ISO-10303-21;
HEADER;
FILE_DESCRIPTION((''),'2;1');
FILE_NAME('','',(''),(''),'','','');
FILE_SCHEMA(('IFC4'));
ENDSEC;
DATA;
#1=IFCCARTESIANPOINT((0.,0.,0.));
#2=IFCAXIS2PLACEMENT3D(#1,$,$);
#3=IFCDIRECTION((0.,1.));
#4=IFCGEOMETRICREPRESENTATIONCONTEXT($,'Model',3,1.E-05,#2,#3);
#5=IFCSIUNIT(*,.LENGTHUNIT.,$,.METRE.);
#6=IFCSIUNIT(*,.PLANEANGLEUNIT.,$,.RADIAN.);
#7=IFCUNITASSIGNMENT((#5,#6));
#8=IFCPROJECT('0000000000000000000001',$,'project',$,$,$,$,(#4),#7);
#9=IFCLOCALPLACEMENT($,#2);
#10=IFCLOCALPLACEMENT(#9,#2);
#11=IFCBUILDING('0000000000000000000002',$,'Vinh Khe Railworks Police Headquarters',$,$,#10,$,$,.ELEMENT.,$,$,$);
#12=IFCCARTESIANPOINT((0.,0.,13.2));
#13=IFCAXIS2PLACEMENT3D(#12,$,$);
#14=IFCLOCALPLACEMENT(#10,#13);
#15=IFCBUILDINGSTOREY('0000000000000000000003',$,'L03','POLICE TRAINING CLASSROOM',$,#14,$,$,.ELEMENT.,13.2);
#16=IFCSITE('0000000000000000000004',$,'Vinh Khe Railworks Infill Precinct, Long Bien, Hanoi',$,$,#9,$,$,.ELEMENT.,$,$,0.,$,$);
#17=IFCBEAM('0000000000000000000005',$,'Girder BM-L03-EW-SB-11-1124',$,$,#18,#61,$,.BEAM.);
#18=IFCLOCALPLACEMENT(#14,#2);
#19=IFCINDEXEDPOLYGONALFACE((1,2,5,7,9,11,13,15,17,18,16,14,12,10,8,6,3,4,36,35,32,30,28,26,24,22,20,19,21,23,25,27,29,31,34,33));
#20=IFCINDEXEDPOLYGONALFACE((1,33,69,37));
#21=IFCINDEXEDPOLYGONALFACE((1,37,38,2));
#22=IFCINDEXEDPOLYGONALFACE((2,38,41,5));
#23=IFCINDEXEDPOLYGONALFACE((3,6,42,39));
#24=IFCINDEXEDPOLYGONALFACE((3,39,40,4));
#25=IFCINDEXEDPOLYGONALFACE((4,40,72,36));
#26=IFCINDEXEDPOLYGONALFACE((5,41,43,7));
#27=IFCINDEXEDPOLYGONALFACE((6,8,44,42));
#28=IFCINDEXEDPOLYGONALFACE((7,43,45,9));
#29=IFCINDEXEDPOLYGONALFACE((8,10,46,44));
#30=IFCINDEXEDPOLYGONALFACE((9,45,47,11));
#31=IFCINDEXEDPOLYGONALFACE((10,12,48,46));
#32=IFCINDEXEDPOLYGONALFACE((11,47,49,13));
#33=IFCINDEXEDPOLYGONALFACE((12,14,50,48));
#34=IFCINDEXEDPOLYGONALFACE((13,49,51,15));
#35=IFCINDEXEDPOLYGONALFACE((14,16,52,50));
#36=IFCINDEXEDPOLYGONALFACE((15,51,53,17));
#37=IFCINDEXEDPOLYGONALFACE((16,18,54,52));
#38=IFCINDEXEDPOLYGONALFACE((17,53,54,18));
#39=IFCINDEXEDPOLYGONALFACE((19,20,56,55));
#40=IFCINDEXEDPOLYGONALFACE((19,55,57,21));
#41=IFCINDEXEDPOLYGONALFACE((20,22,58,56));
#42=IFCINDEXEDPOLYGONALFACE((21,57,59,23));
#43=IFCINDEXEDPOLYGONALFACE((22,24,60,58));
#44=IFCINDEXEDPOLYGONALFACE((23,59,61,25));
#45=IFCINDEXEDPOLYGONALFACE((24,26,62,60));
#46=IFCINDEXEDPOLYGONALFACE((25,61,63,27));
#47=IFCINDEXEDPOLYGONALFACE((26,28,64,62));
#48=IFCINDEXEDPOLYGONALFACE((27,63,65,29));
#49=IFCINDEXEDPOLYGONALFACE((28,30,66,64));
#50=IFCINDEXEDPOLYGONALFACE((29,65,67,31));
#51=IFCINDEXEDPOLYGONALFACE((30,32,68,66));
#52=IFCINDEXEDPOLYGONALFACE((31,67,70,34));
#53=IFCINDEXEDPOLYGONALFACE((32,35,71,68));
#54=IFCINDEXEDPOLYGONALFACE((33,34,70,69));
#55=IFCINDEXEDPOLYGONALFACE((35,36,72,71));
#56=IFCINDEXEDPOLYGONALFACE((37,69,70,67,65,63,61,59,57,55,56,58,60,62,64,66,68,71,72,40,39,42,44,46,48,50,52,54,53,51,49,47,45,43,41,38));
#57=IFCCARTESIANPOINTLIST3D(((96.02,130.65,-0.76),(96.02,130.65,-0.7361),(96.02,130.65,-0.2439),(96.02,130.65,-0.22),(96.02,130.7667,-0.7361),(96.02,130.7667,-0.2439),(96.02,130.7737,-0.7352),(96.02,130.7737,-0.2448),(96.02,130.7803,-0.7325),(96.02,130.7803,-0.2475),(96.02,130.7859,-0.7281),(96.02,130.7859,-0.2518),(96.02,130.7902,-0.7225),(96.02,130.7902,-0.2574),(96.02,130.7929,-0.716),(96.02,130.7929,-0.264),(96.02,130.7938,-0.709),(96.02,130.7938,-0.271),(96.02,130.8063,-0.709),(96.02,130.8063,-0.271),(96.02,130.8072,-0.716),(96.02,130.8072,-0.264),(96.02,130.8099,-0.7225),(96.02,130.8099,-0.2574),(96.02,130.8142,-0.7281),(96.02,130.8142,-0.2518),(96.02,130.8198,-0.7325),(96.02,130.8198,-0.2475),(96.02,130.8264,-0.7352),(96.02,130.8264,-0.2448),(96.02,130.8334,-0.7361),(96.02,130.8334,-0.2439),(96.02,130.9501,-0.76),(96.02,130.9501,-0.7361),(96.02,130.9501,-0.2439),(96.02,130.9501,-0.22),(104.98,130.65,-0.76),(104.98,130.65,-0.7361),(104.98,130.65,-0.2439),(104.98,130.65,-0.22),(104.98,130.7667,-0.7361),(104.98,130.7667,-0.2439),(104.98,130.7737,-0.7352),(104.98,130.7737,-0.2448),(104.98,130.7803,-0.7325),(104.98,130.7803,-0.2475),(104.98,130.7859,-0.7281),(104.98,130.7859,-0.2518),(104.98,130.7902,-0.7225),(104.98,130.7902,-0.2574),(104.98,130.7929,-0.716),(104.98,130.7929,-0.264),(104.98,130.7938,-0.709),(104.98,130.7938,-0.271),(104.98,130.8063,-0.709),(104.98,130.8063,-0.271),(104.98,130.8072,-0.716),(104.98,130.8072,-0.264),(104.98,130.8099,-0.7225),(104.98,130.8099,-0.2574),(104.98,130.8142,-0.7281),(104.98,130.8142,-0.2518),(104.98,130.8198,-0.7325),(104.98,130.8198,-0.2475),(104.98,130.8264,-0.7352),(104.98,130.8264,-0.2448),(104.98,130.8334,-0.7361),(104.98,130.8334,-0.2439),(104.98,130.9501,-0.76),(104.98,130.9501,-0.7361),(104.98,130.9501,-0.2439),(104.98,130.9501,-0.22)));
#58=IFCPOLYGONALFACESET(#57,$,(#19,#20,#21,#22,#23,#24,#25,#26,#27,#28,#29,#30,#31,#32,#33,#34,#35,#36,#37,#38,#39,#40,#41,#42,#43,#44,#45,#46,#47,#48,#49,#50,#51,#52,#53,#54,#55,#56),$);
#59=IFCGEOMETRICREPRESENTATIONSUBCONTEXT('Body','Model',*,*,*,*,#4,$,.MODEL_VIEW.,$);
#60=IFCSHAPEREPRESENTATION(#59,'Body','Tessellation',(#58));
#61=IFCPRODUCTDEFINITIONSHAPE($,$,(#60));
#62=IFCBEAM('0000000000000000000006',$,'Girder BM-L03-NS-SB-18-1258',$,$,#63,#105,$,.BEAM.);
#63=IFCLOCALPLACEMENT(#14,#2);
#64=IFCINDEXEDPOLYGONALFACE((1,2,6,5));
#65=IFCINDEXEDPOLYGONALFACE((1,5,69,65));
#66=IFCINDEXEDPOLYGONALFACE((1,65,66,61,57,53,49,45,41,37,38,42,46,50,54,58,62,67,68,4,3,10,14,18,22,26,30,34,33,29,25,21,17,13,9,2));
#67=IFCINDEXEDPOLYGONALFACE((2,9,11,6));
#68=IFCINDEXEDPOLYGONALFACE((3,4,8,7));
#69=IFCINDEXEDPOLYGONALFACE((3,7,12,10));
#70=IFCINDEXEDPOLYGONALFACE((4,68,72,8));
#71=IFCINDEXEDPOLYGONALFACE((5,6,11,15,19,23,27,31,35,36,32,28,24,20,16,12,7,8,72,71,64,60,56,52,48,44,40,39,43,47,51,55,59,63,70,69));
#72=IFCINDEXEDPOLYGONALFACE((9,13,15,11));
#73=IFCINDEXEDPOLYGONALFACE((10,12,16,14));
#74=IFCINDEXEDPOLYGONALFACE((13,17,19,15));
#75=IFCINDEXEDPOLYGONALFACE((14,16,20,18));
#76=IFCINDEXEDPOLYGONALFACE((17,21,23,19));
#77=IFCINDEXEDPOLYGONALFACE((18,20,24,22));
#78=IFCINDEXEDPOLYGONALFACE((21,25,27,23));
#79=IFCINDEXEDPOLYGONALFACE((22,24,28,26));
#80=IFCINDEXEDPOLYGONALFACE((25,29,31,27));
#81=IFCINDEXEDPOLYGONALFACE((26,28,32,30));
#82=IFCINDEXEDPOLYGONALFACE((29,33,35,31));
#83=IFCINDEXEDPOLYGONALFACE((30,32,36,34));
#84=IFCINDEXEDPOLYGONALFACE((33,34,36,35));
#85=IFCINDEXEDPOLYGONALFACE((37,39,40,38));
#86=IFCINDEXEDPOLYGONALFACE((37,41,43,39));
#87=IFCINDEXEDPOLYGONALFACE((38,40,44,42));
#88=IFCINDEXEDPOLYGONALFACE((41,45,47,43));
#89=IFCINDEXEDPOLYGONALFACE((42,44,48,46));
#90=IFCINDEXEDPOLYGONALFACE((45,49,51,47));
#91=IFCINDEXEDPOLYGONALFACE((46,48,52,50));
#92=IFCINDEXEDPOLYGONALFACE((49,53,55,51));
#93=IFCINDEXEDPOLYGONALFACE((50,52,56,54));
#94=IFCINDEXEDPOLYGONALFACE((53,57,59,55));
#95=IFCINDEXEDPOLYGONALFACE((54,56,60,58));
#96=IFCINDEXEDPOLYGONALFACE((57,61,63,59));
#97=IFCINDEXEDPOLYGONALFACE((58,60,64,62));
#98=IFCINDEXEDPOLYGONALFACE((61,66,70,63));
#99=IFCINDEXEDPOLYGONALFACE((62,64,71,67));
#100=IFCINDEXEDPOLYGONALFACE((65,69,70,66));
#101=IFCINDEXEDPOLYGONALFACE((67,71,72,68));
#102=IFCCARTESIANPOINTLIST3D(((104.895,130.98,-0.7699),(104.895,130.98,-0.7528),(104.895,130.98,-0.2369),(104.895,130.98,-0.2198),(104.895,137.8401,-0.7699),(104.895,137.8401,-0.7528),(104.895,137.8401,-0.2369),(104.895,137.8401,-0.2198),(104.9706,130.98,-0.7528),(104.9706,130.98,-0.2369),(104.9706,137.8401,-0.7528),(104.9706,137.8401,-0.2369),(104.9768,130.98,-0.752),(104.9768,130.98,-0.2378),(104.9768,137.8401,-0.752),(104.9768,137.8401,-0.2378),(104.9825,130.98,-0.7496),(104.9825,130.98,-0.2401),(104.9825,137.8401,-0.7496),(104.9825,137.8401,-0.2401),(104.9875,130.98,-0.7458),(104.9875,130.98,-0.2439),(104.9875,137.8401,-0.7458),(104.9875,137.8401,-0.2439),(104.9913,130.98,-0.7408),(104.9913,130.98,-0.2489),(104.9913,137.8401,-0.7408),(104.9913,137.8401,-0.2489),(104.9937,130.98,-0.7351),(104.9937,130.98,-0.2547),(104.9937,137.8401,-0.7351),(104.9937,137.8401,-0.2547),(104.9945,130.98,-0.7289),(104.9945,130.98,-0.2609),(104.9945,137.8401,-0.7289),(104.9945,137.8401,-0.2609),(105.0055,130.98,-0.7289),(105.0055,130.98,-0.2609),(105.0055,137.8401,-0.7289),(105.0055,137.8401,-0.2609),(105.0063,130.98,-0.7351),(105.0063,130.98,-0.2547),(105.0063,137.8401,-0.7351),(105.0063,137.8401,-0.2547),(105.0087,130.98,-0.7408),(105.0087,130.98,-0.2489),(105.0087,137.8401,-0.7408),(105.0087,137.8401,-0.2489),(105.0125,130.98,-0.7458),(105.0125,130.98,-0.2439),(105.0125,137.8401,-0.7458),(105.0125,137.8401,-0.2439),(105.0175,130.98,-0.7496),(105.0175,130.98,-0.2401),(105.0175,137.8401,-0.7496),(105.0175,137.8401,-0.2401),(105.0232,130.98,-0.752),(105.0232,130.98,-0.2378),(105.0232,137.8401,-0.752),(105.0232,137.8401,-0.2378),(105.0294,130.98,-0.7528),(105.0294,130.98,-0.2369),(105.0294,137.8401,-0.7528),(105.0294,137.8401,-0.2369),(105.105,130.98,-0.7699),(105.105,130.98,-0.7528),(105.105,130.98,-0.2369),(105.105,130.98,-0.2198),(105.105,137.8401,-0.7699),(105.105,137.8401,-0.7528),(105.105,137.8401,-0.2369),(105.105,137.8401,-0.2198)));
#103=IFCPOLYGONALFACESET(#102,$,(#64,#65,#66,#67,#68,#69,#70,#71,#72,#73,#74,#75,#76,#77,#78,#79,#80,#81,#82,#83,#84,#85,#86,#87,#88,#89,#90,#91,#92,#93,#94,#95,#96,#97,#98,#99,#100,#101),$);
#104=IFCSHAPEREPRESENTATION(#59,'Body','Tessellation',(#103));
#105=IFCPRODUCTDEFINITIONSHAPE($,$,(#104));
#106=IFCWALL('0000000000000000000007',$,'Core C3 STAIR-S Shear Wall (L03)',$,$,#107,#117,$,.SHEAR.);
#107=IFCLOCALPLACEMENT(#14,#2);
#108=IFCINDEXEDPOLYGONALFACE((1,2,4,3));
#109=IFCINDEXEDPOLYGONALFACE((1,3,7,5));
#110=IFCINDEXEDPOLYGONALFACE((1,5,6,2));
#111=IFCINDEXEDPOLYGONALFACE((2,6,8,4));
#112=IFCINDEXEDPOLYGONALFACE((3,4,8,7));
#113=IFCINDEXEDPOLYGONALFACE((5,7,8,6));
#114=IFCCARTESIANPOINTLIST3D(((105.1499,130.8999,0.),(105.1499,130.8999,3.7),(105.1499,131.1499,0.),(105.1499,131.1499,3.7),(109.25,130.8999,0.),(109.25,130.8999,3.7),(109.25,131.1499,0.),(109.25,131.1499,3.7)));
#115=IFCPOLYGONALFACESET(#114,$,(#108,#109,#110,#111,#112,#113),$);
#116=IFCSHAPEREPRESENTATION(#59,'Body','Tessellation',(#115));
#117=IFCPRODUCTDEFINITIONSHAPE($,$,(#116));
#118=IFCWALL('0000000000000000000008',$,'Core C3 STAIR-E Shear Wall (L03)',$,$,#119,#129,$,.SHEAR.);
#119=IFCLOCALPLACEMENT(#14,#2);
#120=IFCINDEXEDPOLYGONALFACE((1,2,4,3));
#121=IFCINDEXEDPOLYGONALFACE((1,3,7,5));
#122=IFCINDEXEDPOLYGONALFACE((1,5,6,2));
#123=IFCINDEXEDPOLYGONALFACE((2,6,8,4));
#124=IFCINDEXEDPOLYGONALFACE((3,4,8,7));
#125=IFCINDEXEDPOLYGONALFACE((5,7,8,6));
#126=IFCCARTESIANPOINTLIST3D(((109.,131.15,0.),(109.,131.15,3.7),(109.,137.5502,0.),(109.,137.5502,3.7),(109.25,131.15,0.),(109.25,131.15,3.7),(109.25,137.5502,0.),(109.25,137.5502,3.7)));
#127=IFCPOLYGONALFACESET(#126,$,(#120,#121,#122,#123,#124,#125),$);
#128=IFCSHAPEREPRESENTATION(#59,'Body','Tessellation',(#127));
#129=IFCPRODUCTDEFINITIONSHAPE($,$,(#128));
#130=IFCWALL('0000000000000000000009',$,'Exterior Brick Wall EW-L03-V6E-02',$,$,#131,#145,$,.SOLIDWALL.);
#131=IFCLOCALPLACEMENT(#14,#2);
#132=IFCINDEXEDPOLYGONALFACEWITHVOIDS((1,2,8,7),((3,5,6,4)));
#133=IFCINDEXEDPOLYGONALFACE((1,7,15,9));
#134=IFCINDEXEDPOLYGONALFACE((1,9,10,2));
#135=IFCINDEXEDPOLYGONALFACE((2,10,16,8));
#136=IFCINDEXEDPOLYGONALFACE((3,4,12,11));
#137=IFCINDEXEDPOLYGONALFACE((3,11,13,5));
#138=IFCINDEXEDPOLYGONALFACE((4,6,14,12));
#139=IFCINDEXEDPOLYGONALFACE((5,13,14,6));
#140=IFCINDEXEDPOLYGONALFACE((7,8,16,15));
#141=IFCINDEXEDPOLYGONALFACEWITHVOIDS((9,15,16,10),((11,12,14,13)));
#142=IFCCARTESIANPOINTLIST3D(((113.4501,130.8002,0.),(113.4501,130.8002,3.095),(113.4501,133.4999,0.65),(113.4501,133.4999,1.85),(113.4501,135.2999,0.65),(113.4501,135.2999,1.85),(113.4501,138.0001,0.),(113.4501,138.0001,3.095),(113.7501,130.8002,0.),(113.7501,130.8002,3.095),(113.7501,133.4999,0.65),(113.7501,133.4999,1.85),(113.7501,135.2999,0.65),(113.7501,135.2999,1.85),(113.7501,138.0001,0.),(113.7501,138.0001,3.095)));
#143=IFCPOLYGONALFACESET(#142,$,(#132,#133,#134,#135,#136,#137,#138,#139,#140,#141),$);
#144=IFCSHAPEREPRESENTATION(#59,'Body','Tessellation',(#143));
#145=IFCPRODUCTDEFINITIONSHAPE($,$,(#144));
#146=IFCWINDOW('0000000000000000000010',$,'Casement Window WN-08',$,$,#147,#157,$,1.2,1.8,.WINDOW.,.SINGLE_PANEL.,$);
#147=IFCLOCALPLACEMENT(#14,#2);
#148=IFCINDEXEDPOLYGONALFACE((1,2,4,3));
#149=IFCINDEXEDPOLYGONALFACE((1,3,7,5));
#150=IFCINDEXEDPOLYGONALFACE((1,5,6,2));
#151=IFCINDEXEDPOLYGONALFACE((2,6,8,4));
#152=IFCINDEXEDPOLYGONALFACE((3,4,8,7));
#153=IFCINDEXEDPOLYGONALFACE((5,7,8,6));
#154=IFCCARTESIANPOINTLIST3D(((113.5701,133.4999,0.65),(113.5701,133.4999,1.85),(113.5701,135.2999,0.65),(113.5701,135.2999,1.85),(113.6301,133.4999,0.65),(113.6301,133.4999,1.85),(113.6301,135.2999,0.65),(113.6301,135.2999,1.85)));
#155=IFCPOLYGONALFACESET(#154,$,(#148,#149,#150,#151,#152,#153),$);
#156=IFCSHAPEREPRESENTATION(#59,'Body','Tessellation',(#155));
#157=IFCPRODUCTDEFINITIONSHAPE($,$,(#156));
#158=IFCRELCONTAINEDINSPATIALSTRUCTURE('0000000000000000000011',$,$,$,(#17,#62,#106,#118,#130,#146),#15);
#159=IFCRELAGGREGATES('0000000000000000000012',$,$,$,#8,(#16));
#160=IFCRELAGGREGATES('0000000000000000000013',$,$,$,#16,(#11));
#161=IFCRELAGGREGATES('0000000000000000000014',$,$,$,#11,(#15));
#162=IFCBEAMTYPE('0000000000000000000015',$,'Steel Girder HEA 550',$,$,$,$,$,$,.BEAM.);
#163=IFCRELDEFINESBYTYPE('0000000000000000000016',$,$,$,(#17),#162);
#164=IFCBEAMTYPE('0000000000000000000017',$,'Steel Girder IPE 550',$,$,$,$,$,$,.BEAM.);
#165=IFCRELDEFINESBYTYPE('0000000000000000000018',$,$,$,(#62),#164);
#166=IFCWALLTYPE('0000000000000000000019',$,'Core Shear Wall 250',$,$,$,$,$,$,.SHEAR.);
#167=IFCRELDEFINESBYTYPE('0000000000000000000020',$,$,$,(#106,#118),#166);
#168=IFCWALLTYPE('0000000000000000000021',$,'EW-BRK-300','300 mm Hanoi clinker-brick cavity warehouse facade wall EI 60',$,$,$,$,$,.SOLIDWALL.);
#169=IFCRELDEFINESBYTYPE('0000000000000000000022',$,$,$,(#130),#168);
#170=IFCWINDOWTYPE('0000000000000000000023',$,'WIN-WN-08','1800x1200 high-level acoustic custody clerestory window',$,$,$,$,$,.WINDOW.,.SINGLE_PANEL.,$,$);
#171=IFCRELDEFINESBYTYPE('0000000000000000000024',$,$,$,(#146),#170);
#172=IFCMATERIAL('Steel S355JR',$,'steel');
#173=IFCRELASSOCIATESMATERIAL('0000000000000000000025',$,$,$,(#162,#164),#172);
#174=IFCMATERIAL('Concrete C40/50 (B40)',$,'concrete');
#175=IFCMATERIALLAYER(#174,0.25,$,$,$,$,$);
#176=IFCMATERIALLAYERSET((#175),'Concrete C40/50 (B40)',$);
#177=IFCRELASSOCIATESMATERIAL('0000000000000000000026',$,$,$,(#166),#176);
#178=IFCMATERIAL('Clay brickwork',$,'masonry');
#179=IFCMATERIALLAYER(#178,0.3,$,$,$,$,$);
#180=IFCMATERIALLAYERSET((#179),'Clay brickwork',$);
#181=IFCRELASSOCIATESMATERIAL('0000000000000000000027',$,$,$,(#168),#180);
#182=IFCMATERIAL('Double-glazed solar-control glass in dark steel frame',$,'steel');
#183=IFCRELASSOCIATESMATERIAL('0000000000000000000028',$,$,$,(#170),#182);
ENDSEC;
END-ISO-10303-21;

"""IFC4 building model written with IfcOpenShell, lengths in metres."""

from ifc_helpers import new_model, si_unit, direction, frame, frame_2d, origin, origin_2d, place, context, subcontext, project, spatial, rectangle, i_section, extrude, material, layer, layer_set, material_profile, profile_set, type_object, element, fill, save


model = new_model("IFC4")

# Units and contexts
model_context = context("Model", 3, precision=1e-05, world=origin(), true_north=direction((0.0, 1.0)))
body_context = subcontext(model_context, "Body", "Model", "MODEL_VIEW")
ifc_project = project(units=[si_unit("LENGTHUNIT", "METRE"), si_unit("PLANEANGLEUNIT", "RADIAN")], contexts=[model_context])

# Site, building, storey
site_placement = place(None, origin())
site = spatial("IfcSite", under=ifc_project, at=site_placement, Name="Vinh Khe Railworks Infill Precinct, Long Bien, Hanoi", CompositionType="ELEMENT", RefElevation=0.0)
building_placement = place(site_placement, origin())
building = spatial("IfcBuilding", under=site, at=building_placement, Name="Vinh Khe Railworks Police Headquarters", CompositionType="ELEMENT")
storey_placement = place(building_placement, frame((0.0, 0.0, 13.2)))
storey = spatial("IfcBuildingStorey", under=building, at=storey_placement, Name="L03", Description="POLICE TRAINING CLASSROOM", CompositionType="ELEMENT", Elevation=13.2)

# Shared definitions
ifc_material_1 = material(Name="Steel S355JR", Category="steel")

# Beams
ifc_material_profile_1 = material_profile(ifc_material_1, i_section(OverallWidth=0.3, OverallDepth=0.54, WebThickness=0.0125, FlangeThickness=0.0239, FilletRadius=0.0271, at=origin_2d()), Name="HEA 550")
ifc_profile_set_1 = profile_set([ifc_material_profile_1], Name="Steel S355JR")
beam_type_1 = type_object("IfcBeamType", Name="Steel Girder HEA 550", PredefinedType="BEAM", material=ifc_profile_set_1)
beam_1_placement = place(storey_placement, frame((96.02, 130.8, -0.49), z_axis=(1.0, 0.0, 0.0), x_axis=(0.0, 1.0, 0.0)))
element("IfcBeam", 1, at=beam_1_placement, inside=storey, type_object=beam_type_1, Name="Girder BM-L03-EW-SB-11-1124", PredefinedType="BEAM", context=body_context, shape_type="SweptSolid", body=[
    extrude(i_section(OverallWidth=0.3, OverallDepth=0.54, WebThickness=0.0125, FlangeThickness=0.0239, FilletRadius=0.0271, at=origin_2d()), origin(), (0.0, 0.0, 1.0), 8.96),
])
ifc_material_profile_2 = material_profile(ifc_material_1, i_section(OverallWidth=0.21, OverallDepth=0.55, WebThickness=0.011, FlangeThickness=0.0171, FilletRadius=0.0239, at=origin_2d()), Name="IPE 550")
ifc_profile_set_2 = profile_set([ifc_material_profile_2], Name="Steel S355JR")
beam_type_2 = type_object("IfcBeamType", Name="Steel Girder IPE 550", PredefinedType="BEAM", material=ifc_profile_set_2)
beam_2_placement = place(storey_placement, frame((105.0, 130.98, -0.4949), z_axis=(0.0, 1.0, 0.0), x_axis=(-1.0, 0.0, 0.0)))
element("IfcBeam", 2, at=beam_2_placement, inside=storey, type_object=beam_type_2, Name="Girder BM-L03-NS-SB-18-1258", PredefinedType="BEAM", context=body_context, shape_type="SweptSolid", body=[
    extrude(i_section(OverallWidth=0.21, OverallDepth=0.55, WebThickness=0.011, FlangeThickness=0.0171, FilletRadius=0.0239, at=origin_2d()), origin(), (0.0, 0.0, 1.0), 6.8601),
])

# Wall
ifc_material_2 = material(Name="Concrete C40/50 (B40)", Category="concrete")
ifc_layer_1 = layer(ifc_material_2, 0.25)
ifc_layer_set_1 = layer_set([ifc_layer_1], Name="Concrete C40/50 (B40)")
wall_type_1 = type_object("IfcWallType", Name="Core Shear Wall 250", PredefinedType="SHEAR", material=ifc_layer_set_1)
wall_1_placement = place(storey_placement, frame((105.1499, 131.0249, 0.0), z_axis=(0.0, 0.0, 1.0), x_axis=(1.0, 0.0, 0.0)))
element("IfcWall", 3, at=wall_1_placement, inside=storey, type_object=wall_type_1, Name="Core C3 STAIR-S Shear Wall (L03)", PredefinedType="SHEAR", context=body_context, shape_type="SweptSolid", body=[
    extrude(rectangle(XDim=4.1001, YDim=0.25, at=frame_2d((2.05, 0.0))), origin(), (0.0, 0.0, 1.0), 3.7),
])

# Wall
wall_2_placement = place(storey_placement, frame((109.125, 131.1499, 0.0), z_axis=(0.0, 0.0, 1.0), x_axis=(0.0, 1.0, 0.0)))
element("IfcWall", 4, at=wall_2_placement, inside=storey, type_object=wall_type_1, Name="Core C3 STAIR-E Shear Wall (L03)", PredefinedType="SHEAR", context=body_context, shape_type="SweptSolid", body=[
    extrude(rectangle(XDim=6.4001, YDim=0.25, at=frame_2d((3.2002, 0.0))), origin(), (0.0, 0.0, 1.0), 3.7),
])

# Wall, opening, window
ifc_material_3 = material(Name="Clay brickwork", Category="masonry")
ifc_layer_2 = layer(ifc_material_3, 0.3)
ifc_layer_set_2 = layer_set([ifc_layer_2], Name="Clay brickwork")
wall_type_2 = type_object("IfcWallType", Name="EW-BRK-300", Description="300 mm Hanoi clinker-brick cavity warehouse facade wall EI 60", PredefinedType="SOLIDWALL", material=ifc_layer_set_2)
wall_3_placement = place(storey_placement, frame((113.6001, 130.8, 0.0), z_axis=(0.0, 0.0, 1.0), x_axis=(0.0, 1.0, 0.0)))
wall_3 = element("IfcWall", 5, at=wall_3_placement, inside=storey, type_object=wall_type_2, Name="Exterior Brick Wall EW-L03-V6E-02", PredefinedType="SOLIDWALL", context=body_context, shape_type="SweptSolid", body=[
    extrude(rectangle(XDim=7.2, YDim=0.3, at=frame_2d((3.6001, 0.0))), origin(), (0.0, 0.0, 1.0), 3.095),
])
opening_1_placement = place(wall_3_placement, frame((2.7, 0.0, 0.6499)))
opening_1 = element("IfcOpeningElement", 6, at=opening_1_placement, cuts=wall_3, PredefinedType="OPENING", context=body_context, shape_type="SweptSolid", body=[
    extrude(rectangle(XDim=1.8, YDim=1.2, at=frame_2d((0.8999, 0.6001))), frame((0.0, 0.165, 0.0), z_axis=(0.0, -1.0, 0.0), x_axis=(1.0, 0.0, 0.0)), (0.0, 0.0, 1.0), 0.3298),
])
ifc_material_4 = material(Name="Double-glazed solar-control glass in dark steel frame", Category="steel")
window_type = type_object("IfcWindowType", Name="WIN-WN-08", Description="1800x1200 high-level acoustic custody clerestory window", PartitioningType="SINGLE_PANEL", PredefinedType="WINDOW", material=ifc_material_4)
window_placement = place(opening_1_placement, origin())
window = element("IfcWindow", 7, at=window_placement, inside=storey, type_object=window_type, Name="Casement Window WN-08", OverallHeight=1.2, OverallWidth=1.8, PartitioningType="SINGLE_PANEL", PredefinedType="WINDOW", context=body_context, shape_type="SweptSolid", body=[
    extrude(rectangle(XDim=1.8, YDim=1.2, at=frame_2d((0.8999, 0.6001))), frame((0.0, 0.03, 0.0), z_axis=(0.0, -1.0, 0.0), x_axis=(1.0, 0.0, 0.0)), (0.0, 0.0, 1.0), 0.0601),
])
fill(opening_1, window)

save(model, "model.ifc")
